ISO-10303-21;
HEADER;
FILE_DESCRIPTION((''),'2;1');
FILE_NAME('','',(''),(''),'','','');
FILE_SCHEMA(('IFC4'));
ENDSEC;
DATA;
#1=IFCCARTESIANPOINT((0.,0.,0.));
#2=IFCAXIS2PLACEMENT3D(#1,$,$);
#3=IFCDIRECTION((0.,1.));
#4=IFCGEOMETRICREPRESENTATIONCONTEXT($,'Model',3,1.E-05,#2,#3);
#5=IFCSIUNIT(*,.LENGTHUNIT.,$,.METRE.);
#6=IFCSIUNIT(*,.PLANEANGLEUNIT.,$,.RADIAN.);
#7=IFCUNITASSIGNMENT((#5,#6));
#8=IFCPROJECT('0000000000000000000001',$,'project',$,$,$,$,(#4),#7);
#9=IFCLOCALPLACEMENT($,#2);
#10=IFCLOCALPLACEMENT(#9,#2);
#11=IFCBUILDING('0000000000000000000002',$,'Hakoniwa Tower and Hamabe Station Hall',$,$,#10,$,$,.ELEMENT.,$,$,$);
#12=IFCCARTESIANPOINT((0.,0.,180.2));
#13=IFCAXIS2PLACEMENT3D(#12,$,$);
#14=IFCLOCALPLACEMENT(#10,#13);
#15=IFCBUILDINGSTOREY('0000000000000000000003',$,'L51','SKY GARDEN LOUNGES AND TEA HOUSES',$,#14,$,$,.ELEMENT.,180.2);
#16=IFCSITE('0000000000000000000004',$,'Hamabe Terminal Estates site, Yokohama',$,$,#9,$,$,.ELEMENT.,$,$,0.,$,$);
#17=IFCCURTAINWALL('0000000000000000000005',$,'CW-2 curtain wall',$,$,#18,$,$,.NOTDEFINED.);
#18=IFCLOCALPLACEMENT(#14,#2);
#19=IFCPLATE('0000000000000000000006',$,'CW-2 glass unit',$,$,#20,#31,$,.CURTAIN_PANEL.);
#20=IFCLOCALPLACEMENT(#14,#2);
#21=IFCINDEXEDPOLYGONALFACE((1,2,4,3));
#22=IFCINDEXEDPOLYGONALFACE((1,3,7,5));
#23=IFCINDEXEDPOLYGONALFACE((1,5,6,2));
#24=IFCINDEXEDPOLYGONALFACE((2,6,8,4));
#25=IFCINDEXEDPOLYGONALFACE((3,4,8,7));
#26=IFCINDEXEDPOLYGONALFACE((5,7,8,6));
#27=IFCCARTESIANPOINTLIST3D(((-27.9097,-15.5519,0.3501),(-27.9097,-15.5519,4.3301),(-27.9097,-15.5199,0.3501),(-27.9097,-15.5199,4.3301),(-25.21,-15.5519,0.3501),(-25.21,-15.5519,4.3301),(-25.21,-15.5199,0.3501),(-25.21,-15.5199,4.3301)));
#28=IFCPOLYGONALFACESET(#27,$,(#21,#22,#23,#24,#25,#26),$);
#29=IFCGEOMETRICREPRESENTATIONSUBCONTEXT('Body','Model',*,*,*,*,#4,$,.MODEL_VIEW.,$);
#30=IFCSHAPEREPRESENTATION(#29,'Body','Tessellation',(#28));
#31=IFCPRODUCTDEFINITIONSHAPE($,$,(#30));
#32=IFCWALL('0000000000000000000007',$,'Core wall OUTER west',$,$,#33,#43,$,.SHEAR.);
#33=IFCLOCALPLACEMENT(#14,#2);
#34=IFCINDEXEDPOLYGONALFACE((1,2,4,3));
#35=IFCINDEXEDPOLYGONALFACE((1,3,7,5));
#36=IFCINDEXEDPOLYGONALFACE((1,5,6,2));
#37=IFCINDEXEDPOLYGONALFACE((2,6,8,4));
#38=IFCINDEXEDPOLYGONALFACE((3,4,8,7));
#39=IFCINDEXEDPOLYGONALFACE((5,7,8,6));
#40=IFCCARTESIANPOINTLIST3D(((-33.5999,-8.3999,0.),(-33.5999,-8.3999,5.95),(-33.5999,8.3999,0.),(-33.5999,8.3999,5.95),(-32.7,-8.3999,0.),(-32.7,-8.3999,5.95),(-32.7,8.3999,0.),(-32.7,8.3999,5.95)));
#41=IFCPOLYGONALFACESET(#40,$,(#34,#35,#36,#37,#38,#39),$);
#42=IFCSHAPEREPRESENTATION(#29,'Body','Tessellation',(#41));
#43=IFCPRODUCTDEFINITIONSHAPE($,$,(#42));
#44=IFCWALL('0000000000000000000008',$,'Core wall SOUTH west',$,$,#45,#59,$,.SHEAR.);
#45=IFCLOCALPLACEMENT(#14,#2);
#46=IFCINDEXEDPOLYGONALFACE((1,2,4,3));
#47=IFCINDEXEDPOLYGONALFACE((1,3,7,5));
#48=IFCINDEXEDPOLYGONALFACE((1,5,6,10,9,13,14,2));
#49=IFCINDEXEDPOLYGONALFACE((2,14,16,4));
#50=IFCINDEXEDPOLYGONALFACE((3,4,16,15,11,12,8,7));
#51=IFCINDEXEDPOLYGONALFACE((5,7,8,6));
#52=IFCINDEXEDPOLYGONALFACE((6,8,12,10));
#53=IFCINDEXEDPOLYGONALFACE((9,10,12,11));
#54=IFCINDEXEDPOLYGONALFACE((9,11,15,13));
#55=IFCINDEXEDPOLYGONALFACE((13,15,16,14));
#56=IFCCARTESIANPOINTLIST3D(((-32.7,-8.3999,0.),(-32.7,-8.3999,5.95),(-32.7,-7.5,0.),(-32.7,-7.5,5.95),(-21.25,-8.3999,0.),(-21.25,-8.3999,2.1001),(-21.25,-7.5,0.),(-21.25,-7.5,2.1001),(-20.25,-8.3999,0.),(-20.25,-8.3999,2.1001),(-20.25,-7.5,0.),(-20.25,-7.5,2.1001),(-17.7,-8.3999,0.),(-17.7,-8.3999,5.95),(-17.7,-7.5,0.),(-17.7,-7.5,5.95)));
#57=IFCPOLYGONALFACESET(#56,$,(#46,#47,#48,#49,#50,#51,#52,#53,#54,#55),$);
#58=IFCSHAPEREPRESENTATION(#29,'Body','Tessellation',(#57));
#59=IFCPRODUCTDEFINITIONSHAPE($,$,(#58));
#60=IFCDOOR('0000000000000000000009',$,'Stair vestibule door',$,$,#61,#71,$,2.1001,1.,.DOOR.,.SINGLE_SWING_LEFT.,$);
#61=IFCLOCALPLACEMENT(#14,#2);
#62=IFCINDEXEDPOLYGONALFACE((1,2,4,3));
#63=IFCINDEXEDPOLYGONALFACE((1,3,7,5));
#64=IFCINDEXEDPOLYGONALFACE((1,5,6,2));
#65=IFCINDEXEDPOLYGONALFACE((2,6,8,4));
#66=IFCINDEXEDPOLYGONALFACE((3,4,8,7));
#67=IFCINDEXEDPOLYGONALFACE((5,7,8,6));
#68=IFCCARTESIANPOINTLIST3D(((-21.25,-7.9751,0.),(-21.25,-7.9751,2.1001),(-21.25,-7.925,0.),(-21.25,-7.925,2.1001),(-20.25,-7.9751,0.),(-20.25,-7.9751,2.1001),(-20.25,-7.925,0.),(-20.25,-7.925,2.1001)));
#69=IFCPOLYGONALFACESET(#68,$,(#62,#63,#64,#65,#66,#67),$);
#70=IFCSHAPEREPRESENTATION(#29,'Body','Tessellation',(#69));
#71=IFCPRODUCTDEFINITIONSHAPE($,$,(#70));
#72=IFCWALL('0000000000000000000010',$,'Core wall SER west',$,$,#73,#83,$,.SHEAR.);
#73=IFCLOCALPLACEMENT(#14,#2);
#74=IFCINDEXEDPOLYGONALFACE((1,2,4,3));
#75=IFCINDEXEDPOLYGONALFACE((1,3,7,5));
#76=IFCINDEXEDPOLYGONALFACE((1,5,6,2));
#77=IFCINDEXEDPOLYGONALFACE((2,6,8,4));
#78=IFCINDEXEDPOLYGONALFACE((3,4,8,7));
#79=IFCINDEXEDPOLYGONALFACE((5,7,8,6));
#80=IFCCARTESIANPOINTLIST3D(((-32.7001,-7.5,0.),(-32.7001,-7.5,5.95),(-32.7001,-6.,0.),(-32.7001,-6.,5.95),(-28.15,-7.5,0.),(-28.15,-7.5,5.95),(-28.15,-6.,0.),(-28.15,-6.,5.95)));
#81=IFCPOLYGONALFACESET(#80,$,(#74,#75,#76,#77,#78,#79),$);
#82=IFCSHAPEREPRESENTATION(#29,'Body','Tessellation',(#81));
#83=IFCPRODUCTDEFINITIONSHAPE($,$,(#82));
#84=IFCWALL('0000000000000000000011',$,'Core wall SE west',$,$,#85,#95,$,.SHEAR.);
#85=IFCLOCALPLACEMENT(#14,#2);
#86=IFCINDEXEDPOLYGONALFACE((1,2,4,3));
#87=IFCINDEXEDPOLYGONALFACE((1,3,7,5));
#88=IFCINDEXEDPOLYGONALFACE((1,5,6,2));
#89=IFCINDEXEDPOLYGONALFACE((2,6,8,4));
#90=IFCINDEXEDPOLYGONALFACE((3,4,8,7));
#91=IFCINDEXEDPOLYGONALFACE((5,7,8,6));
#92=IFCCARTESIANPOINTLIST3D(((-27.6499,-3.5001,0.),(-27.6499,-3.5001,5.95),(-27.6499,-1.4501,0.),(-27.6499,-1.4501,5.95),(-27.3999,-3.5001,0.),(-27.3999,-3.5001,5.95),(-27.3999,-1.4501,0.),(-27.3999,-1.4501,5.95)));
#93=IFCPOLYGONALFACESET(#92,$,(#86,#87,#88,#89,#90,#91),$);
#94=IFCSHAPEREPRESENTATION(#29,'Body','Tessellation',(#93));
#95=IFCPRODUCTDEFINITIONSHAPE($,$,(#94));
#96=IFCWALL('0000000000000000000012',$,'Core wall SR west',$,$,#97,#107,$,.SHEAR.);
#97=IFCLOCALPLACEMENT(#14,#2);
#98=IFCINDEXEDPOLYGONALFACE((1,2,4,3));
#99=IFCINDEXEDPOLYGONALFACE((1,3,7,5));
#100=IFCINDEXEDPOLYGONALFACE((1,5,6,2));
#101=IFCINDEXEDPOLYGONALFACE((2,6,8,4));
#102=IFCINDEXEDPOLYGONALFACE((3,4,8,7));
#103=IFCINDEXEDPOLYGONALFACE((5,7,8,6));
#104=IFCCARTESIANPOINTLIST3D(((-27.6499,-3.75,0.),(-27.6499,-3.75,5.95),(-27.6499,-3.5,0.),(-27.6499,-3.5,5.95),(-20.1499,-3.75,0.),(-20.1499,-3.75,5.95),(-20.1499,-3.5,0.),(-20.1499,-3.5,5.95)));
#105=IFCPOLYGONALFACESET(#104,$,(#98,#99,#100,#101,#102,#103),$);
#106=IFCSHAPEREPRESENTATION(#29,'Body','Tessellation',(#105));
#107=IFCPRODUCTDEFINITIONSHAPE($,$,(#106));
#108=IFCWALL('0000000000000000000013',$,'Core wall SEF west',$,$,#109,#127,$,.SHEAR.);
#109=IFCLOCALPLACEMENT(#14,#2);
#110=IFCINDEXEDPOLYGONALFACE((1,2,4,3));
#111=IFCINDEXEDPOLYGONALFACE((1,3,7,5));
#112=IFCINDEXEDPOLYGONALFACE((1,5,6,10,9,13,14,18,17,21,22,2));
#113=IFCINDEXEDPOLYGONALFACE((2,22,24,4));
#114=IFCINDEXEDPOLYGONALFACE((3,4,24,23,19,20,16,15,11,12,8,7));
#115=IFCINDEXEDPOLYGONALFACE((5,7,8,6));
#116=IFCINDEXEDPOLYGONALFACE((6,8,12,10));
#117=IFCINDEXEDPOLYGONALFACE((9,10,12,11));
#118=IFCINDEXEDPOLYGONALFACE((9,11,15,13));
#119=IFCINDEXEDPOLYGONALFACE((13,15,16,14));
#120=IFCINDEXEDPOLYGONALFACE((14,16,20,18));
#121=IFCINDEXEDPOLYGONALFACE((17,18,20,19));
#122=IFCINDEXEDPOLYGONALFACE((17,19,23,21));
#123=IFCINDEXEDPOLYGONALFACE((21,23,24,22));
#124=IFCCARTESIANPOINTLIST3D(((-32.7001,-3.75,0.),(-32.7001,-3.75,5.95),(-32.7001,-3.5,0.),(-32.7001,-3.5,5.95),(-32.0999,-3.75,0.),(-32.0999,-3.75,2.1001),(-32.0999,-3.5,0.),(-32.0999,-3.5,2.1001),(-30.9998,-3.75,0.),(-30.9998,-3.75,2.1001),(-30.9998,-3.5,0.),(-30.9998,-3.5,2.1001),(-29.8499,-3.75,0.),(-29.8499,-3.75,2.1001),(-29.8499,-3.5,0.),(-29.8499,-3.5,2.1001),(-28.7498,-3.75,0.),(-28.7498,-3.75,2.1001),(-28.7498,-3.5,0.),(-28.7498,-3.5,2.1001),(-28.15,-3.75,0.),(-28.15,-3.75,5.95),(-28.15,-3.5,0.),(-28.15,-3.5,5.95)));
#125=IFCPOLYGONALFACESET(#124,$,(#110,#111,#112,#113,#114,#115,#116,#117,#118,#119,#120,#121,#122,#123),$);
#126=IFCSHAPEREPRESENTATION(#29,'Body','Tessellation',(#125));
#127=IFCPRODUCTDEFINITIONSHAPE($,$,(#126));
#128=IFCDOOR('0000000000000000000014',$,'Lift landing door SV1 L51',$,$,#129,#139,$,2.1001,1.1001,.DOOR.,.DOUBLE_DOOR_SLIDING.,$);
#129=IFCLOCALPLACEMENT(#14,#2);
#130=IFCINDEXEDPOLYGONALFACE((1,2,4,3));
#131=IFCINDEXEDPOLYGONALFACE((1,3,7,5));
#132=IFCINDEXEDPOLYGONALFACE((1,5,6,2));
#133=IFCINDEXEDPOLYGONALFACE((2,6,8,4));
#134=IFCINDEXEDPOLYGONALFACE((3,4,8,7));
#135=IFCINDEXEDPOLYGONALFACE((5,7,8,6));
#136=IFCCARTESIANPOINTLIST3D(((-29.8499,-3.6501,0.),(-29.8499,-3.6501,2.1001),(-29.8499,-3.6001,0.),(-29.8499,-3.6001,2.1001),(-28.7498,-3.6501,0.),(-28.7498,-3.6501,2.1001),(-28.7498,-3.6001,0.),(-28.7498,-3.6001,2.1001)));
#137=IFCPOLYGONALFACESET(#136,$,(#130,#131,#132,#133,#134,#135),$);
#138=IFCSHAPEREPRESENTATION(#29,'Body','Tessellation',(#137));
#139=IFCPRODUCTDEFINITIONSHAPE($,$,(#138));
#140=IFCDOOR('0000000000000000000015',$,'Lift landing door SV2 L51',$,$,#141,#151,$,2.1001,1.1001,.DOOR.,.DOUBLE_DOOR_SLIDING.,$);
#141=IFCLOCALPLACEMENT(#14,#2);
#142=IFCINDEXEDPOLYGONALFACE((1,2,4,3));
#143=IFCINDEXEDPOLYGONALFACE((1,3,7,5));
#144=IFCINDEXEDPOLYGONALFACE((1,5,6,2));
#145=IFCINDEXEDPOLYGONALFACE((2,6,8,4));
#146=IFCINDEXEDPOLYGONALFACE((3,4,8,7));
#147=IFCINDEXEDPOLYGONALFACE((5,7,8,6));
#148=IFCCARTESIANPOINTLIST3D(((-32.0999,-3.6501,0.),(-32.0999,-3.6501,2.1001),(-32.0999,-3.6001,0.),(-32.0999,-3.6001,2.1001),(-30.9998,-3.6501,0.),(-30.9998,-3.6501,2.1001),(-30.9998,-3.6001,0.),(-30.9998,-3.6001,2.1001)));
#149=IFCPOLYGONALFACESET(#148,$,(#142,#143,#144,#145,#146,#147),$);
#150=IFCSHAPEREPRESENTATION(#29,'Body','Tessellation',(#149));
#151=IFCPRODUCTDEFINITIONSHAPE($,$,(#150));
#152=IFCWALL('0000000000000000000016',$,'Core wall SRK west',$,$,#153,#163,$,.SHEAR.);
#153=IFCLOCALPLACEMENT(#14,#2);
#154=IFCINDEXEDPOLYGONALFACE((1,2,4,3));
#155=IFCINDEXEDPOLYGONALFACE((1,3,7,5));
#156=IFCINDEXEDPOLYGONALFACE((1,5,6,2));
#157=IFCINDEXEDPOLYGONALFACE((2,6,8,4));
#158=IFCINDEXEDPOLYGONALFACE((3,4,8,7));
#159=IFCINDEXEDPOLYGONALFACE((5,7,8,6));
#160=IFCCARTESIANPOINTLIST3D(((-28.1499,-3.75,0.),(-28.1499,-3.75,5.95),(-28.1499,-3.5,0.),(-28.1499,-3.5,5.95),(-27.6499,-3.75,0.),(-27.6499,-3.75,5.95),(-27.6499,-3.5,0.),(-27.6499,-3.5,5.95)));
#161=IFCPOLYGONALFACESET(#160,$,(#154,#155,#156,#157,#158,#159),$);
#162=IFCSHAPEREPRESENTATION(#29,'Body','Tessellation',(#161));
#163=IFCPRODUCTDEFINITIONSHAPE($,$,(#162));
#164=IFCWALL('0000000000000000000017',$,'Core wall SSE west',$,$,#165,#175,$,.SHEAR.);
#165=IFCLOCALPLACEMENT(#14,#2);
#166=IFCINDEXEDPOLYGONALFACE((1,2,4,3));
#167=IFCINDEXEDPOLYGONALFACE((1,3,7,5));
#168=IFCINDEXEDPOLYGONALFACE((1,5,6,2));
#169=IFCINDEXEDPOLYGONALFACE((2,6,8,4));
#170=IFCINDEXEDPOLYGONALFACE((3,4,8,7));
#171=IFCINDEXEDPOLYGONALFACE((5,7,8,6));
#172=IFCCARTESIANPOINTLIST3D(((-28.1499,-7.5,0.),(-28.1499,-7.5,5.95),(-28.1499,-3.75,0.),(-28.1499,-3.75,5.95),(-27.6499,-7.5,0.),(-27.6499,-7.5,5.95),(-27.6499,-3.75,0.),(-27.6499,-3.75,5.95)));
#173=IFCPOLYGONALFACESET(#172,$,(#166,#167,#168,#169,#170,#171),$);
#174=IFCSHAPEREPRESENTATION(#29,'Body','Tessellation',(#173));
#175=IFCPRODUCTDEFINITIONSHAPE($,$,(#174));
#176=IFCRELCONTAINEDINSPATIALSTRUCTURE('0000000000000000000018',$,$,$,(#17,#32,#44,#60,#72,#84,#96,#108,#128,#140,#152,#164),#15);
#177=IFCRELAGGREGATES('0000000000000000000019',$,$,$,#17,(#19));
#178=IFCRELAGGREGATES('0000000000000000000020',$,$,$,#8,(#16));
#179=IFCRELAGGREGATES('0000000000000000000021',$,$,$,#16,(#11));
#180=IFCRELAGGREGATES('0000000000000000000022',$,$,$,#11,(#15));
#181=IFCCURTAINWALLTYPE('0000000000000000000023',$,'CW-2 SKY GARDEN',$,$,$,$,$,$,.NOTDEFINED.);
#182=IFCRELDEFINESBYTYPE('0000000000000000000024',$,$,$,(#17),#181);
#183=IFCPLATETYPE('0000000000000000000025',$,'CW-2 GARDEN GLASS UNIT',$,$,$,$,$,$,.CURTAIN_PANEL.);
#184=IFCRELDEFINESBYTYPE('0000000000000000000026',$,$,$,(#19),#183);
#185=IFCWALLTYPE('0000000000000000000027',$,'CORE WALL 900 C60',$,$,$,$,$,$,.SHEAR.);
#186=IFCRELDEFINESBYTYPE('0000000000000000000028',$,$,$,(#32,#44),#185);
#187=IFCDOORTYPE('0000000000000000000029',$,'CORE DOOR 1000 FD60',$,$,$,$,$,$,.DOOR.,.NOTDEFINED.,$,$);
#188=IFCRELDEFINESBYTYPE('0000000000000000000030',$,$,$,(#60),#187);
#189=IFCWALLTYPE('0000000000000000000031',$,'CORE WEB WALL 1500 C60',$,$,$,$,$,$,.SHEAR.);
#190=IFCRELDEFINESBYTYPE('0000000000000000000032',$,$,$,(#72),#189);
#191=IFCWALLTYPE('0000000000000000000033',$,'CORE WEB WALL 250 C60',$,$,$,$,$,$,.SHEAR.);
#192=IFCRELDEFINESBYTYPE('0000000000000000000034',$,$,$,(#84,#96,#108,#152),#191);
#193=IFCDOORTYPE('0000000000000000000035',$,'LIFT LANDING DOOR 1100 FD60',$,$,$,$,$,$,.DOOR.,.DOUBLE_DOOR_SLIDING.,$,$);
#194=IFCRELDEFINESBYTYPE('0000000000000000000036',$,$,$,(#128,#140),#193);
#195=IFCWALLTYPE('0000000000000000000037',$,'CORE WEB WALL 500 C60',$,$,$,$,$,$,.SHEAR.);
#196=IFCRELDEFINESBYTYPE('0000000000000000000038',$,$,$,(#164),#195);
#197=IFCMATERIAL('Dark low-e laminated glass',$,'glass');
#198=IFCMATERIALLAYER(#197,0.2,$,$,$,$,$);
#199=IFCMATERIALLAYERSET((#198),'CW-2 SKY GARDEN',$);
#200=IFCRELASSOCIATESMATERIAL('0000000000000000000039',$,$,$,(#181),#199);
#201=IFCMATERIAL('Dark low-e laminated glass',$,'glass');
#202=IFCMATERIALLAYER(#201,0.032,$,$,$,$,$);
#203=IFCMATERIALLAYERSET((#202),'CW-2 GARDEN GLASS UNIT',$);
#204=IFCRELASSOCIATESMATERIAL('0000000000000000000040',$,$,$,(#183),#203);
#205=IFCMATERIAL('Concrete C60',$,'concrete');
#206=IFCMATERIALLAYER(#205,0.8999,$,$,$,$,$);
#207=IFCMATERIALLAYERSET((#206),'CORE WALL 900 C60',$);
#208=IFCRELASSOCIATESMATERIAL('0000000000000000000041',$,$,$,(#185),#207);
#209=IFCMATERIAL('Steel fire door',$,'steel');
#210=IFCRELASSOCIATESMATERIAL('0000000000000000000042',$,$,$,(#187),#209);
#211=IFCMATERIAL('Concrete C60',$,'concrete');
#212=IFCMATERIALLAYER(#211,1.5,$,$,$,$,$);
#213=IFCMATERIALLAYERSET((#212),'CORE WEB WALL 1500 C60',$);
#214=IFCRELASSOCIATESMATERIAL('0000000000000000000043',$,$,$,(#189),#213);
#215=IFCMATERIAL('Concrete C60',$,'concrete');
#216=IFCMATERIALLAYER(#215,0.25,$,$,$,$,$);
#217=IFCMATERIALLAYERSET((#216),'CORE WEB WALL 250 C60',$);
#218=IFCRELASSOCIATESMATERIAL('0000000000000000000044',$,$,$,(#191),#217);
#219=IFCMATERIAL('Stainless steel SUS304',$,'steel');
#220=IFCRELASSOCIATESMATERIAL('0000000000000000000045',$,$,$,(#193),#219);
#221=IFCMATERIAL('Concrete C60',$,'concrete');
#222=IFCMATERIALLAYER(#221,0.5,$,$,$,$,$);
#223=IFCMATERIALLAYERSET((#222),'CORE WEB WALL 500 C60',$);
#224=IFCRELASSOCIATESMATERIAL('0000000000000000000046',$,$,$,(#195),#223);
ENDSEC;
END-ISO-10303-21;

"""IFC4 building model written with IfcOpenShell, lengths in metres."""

from ifc_helpers import new_model, si_unit, direction, frame, frame_2d, origin, origin_2d, place, context, subcontext, project, spatial, rectangle, extrude, material, layer, layer_set, type_object, element, fill, aggregate, save


model = new_model("IFC4")

# Units and contexts
model_context = context("Model", 3, precision=1e-05, world=origin(), true_north=direction((0.0, 1.0)))
body_context = subcontext(model_context, "Body", "Model", "MODEL_VIEW")
ifc_project = project(units=[si_unit("LENGTHUNIT", "METRE"), si_unit("PLANEANGLEUNIT", "RADIAN")], contexts=[model_context])

# Site, building, storey
site_placement = place(None, origin())
site = spatial("IfcSite", under=ifc_project, at=site_placement, Name="Hamabe Terminal Estates site, Yokohama", CompositionType="ELEMENT", RefElevation=0.0)
building_placement = place(site_placement, origin())
building = spatial("IfcBuilding", under=site, at=building_placement, Name="Hakoniwa Tower and Hamabe Station Hall", CompositionType="ELEMENT")
storey_placement = place(building_placement, frame((0.0, 0.0, 180.2)))
storey = spatial("IfcBuildingStorey", under=building, at=storey_placement, Name="L51", Description="SKY GARDEN LOUNGES AND TEA HOUSES", CompositionType="ELEMENT", Elevation=180.2)

# Curtain wall, plate
ifc_material_1 = material(Name="Dark low-e laminated glass", Category="glass")
ifc_layer_1 = layer(ifc_material_1, 0.2)
ifc_layer_set_1 = layer_set([ifc_layer_1], Name="CW-2 SKY GARDEN")
curtain_wall_type = type_object("IfcCurtainWallType", Name="CW-2 SKY GARDEN", PredefinedType="NOTDEFINED", material=ifc_layer_set_1)
curtain_wall_placement = place(storey_placement, origin())
curtain_wall = element("IfcCurtainWall", 1, at=curtain_wall_placement, inside=storey, type_object=curtain_wall_type, Name="CW-2 curtain wall", PredefinedType="NOTDEFINED")
ifc_material_2 = material(Name="Dark low-e laminated glass", Category="glass")
ifc_layer_2 = layer(ifc_material_2, 0.032)
ifc_layer_set_2 = layer_set([ifc_layer_2], Name="CW-2 GARDEN GLASS UNIT")
plate_type = type_object("IfcPlateType", Name="CW-2 GARDEN GLASS UNIT", PredefinedType="CURTAIN_PANEL", material=ifc_layer_set_2)
plate_1_placement = place(storey_placement, frame((-26.5598, -15.5359, 0.3501), z_axis=(0.0, 0.0, 1.0), x_axis=(1.0, 0.0, 0.0)))
plate_1 = element("IfcPlate", 2, at=plate_1_placement, type_object=plate_type, Name="CW-2 glass unit", PredefinedType="CURTAIN_PANEL", context=body_context, shape_type="SweptSolid", body=[
    extrude(rectangle(XDim=2.6997, YDim=0.032, at=origin_2d()), origin(), (0.0, 0.0, 1.0), 3.98),
])

# Wall
ifc_material_3 = material(Name="Concrete C60", Category="concrete")
ifc_layer_3 = layer(ifc_material_3, 0.8999)
ifc_layer_set_3 = layer_set([ifc_layer_3], Name="CORE WALL 900 C60")
wall_type_1 = type_object("IfcWallType", Name="CORE WALL 900 C60", PredefinedType="SHEAR", material=ifc_layer_set_3)
wall_1_placement = place(storey_placement, frame((-33.1499, -8.3999, 0.0), z_axis=(0.0, 0.0, 1.0), x_axis=(0.0, 1.0, 0.0)))
element("IfcWall", 3, at=wall_1_placement, inside=storey, type_object=wall_type_1, Name="Core wall OUTER west", PredefinedType="SHEAR", context=body_context, shape_type="SweptSolid", body=[
    extrude(rectangle(XDim=16.7998, YDim=0.8999, at=frame_2d((8.3999, 0.0))), origin(), (0.0, 0.0, 1.0), 5.95),
])

# Wall, opening, door
wall_2_placement = place(storey_placement, frame((-32.7, -7.95, 0.0), z_axis=(0.0, 0.0, 1.0), x_axis=(1.0, 0.0, 0.0)))
wall_2 = element("IfcWall", 4, at=wall_2_placement, inside=storey, type_object=wall_type_1, Name="Core wall SOUTH west", PredefinedType="SHEAR", context=body_context, shape_type="SweptSolid", body=[
    extrude(rectangle(XDim=15.0, YDim=0.8999, at=frame_2d((7.5, 0.0))), origin(), (0.0, 0.0, 1.0), 5.95),
])
opening_1_placement = place(wall_2_placement, frame((11.45, 0.0, 0.0)))
opening_1 = element("IfcOpeningElement", 5, at=opening_1_placement, cuts=wall_2, PredefinedType="OPENING", context=body_context, shape_type="SweptSolid", body=[
    extrude(rectangle(XDim=1.0, YDim=2.1001, at=frame_2d((0.5, 1.05))), frame((0.0, 0.46, 0.0), z_axis=(0.0, -1.0, 0.0), x_axis=(1.0, 0.0, 0.0)), (0.0, 0.0, 1.0), 0.9199),
])
ifc_material_4 = material(Name="Steel fire door", Category="steel")
door_type_1 = type_object("IfcDoorType", Name="CORE DOOR 1000 FD60", OperationType="NOTDEFINED", PredefinedType="DOOR", material=ifc_material_4)
door_1_placement = place(opening_1_placement, origin())
door_1 = element("IfcDoor", 6, at=door_1_placement, inside=storey, type_object=door_type_1, Name="Stair vestibule door", OperationType="SINGLE_SWING_LEFT", OverallHeight=2.1001, OverallWidth=1.0, PredefinedType="DOOR", context=body_context, shape_type="SweptSolid", body=[
    extrude(rectangle(XDim=1.0, YDim=2.1001, at=frame_2d((0.5, 1.05))), frame((0.0, 0.0249, 0.0), z_axis=(0.0, -1.0, 0.0), x_axis=(1.0, 0.0, 0.0)), (0.0, 0.0, 1.0), 0.05),
])
fill(opening_1, door_1)

# Walls
ifc_material_5 = material(Name="Concrete C60", Category="concrete")
ifc_layer_4 = layer(ifc_material_5, 1.5)
ifc_layer_set_4 = layer_set([ifc_layer_4], Name="CORE WEB WALL 1500 C60")
wall_type_2 = type_object("IfcWallType", Name="CORE WEB WALL 1500 C60", PredefinedType="SHEAR", material=ifc_layer_set_4)
wall_3_placement = place(storey_placement, frame((-32.7, -6.75, 0.0), z_axis=(0.0, 0.0, 1.0), x_axis=(1.0, 0.0, 0.0)))
element("IfcWall", 7, at=wall_3_placement, inside=storey, type_object=wall_type_2, Name="Core wall SER west", PredefinedType="SHEAR", context=body_context, shape_type="SweptSolid", body=[
    extrude(rectangle(XDim=4.55, YDim=1.5, at=frame_2d((2.2749, 0.0))), origin(), (0.0, 0.0, 1.0), 5.95),
])
ifc_material_6 = material(Name="Concrete C60", Category="concrete")
ifc_layer_5 = layer(ifc_material_6, 0.25)
ifc_layer_set_5 = layer_set([ifc_layer_5], Name="CORE WEB WALL 250 C60")
wall_type_3 = type_object("IfcWallType", Name="CORE WEB WALL 250 C60", PredefinedType="SHEAR", material=ifc_layer_set_5)
wall_4_placement = place(storey_placement, frame((-27.5249, -3.5, 0.0), z_axis=(0.0, 0.0, 1.0), x_axis=(0.0, 1.0, 0.0)))
element("IfcWall", 8, at=wall_4_placement, inside=storey, type_object=wall_type_3, Name="Core wall SE west", PredefinedType="SHEAR", context=body_context, shape_type="SweptSolid", body=[
    extrude(rectangle(XDim=2.05, YDim=0.25, at=frame_2d((1.0249, 0.0))), origin(), (0.0, 0.0, 1.0), 5.95),
])
wall_5_placement = place(storey_placement, frame((-27.6499, -3.625, 0.0), z_axis=(0.0, 0.0, 1.0), x_axis=(1.0, 0.0, 0.0)))
element("IfcWall", 9, at=wall_5_placement, inside=storey, type_object=wall_type_3, Name="Core wall SR west", PredefinedType="SHEAR", context=body_context, shape_type="SweptSolid", body=[
    extrude(rectangle(XDim=7.5, YDim=0.25, at=frame_2d((3.75, 0.0))), origin(), (0.0, 0.0, 1.0), 5.95),
])

# Wall, openings, doors
wall_6_placement = place(storey_placement, frame((-32.7, -3.625, 0.0), z_axis=(0.0, 0.0, 1.0), x_axis=(1.0, 0.0, 0.0)))
wall_6 = element("IfcWall", 10, at=wall_6_placement, inside=storey, type_object=wall_type_3, Name="Core wall SEF west", PredefinedType="SHEAR", context=body_context, shape_type="SweptSolid", body=[
    extrude(rectangle(XDim=4.55, YDim=0.25, at=frame_2d((2.2749, 0.0))), origin(), (0.0, 0.0, 1.0), 5.95),
])
opening_2_placement = place(wall_6_placement, frame((2.8501, 0.0, 0.0)))
opening_2 = element("IfcOpeningElement", 11, at=opening_2_placement, cuts=wall_6, PredefinedType="OPENING", context=body_context, shape_type="SweptSolid", body=[
    extrude(rectangle(XDim=1.1001, YDim=2.1001, at=frame_2d((0.55, 1.05))), frame((0.0, 0.135, 0.0), z_axis=(0.0, -1.0, 0.0), x_axis=(1.0, 0.0, 0.0)), (0.0, 0.0, 1.0), 0.27),
])
opening_3_placement = place(wall_6_placement, frame((0.6001, 0.0, 0.0)))
opening_3 = element("IfcOpeningElement", 12, at=opening_3_placement, cuts=wall_6, PredefinedType="OPENING", context=body_context, shape_type="SweptSolid", body=[
    extrude(rectangle(XDim=1.1001, YDim=2.1001, at=frame_2d((0.55, 1.05))), frame((0.0, 0.135, 0.0), z_axis=(0.0, -1.0, 0.0), x_axis=(1.0, 0.0, 0.0)), (0.0, 0.0, 1.0), 0.27),
])
ifc_material_7 = material(Name="Stainless steel SUS304", Category="steel")
door_type_2 = type_object("IfcDoorType", Name="LIFT LANDING DOOR 1100 FD60", OperationType="DOUBLE_DOOR_SLIDING", PredefinedType="DOOR", material=ifc_material_7)
door_2_placement = place(opening_2_placement, origin())
door_2 = element("IfcDoor", 13, at=door_2_placement, inside=storey, type_object=door_type_2, Name="Lift landing door SV1 L51", OperationType="DOUBLE_DOOR_SLIDING", OverallHeight=2.1001, OverallWidth=1.1001, PredefinedType="DOOR", context=body_context, shape_type="SweptSolid", body=[
    extrude(rectangle(XDim=1.1001, YDim=2.1001, at=frame_2d((0.55, 1.05))), frame((0.0, 0.0249, 0.0), z_axis=(0.0, -1.0, 0.0), x_axis=(1.0, 0.0, 0.0)), (0.0, 0.0, 1.0), 0.05),
])
fill(opening_2, door_2)
door_3_placement = place(opening_3_placement, origin())
door_3 = element("IfcDoor", 14, at=door_3_placement, inside=storey, type_object=door_type_2, Name="Lift landing door SV2 L51", OperationType="DOUBLE_DOOR_SLIDING", OverallHeight=2.1001, OverallWidth=1.1001, PredefinedType="DOOR", context=body_context, shape_type="SweptSolid", body=[
    extrude(rectangle(XDim=1.1001, YDim=2.1001, at=frame_2d((0.55, 1.05))), frame((0.0, 0.0249, 0.0), z_axis=(0.0, -1.0, 0.0), x_axis=(1.0, 0.0, 0.0)), (0.0, 0.0, 1.0), 0.05),
])
fill(opening_3, door_3)

# Walls
wall_7_placement = place(storey_placement, frame((-28.1499, -3.625, 0.0), z_axis=(0.0, 0.0, 1.0), x_axis=(1.0, 0.0, 0.0)))
element("IfcWall", 15, at=wall_7_placement, inside=storey, type_object=wall_type_3, Name="Core wall SRK west", PredefinedType="SHEAR", context=body_context, shape_type="SweptSolid", body=[
    extrude(rectangle(XDim=0.5, YDim=0.25, at=frame_2d((0.25, 0.0))), origin(), (0.0, 0.0, 1.0), 5.95),
])
ifc_material_8 = material(Name="Concrete C60", Category="concrete")
ifc_layer_6 = layer(ifc_material_8, 0.5)
ifc_layer_set_6 = layer_set([ifc_layer_6], Name="CORE WEB WALL 500 C60")
wall_type_4 = type_object("IfcWallType", Name="CORE WEB WALL 500 C60", PredefinedType="SHEAR", material=ifc_layer_set_6)
wall_8_placement = place(storey_placement, frame((-27.8999, -7.5, 0.0), z_axis=(0.0, 0.0, 1.0), x_axis=(0.0, 1.0, 0.0)))
element("IfcWall", 16, at=wall_8_placement, inside=storey, type_object=wall_type_4, Name="Core wall SSE west", PredefinedType="SHEAR", context=body_context, shape_type="SweptSolid", body=[
    extrude(rectangle(XDim=3.75, YDim=0.5, at=frame_2d((1.875, 0.0))), origin(), (0.0, 0.0, 1.0), 5.95),
])

aggregate(curtain_wall, [plate_1])

save(model, "model.ifc")
